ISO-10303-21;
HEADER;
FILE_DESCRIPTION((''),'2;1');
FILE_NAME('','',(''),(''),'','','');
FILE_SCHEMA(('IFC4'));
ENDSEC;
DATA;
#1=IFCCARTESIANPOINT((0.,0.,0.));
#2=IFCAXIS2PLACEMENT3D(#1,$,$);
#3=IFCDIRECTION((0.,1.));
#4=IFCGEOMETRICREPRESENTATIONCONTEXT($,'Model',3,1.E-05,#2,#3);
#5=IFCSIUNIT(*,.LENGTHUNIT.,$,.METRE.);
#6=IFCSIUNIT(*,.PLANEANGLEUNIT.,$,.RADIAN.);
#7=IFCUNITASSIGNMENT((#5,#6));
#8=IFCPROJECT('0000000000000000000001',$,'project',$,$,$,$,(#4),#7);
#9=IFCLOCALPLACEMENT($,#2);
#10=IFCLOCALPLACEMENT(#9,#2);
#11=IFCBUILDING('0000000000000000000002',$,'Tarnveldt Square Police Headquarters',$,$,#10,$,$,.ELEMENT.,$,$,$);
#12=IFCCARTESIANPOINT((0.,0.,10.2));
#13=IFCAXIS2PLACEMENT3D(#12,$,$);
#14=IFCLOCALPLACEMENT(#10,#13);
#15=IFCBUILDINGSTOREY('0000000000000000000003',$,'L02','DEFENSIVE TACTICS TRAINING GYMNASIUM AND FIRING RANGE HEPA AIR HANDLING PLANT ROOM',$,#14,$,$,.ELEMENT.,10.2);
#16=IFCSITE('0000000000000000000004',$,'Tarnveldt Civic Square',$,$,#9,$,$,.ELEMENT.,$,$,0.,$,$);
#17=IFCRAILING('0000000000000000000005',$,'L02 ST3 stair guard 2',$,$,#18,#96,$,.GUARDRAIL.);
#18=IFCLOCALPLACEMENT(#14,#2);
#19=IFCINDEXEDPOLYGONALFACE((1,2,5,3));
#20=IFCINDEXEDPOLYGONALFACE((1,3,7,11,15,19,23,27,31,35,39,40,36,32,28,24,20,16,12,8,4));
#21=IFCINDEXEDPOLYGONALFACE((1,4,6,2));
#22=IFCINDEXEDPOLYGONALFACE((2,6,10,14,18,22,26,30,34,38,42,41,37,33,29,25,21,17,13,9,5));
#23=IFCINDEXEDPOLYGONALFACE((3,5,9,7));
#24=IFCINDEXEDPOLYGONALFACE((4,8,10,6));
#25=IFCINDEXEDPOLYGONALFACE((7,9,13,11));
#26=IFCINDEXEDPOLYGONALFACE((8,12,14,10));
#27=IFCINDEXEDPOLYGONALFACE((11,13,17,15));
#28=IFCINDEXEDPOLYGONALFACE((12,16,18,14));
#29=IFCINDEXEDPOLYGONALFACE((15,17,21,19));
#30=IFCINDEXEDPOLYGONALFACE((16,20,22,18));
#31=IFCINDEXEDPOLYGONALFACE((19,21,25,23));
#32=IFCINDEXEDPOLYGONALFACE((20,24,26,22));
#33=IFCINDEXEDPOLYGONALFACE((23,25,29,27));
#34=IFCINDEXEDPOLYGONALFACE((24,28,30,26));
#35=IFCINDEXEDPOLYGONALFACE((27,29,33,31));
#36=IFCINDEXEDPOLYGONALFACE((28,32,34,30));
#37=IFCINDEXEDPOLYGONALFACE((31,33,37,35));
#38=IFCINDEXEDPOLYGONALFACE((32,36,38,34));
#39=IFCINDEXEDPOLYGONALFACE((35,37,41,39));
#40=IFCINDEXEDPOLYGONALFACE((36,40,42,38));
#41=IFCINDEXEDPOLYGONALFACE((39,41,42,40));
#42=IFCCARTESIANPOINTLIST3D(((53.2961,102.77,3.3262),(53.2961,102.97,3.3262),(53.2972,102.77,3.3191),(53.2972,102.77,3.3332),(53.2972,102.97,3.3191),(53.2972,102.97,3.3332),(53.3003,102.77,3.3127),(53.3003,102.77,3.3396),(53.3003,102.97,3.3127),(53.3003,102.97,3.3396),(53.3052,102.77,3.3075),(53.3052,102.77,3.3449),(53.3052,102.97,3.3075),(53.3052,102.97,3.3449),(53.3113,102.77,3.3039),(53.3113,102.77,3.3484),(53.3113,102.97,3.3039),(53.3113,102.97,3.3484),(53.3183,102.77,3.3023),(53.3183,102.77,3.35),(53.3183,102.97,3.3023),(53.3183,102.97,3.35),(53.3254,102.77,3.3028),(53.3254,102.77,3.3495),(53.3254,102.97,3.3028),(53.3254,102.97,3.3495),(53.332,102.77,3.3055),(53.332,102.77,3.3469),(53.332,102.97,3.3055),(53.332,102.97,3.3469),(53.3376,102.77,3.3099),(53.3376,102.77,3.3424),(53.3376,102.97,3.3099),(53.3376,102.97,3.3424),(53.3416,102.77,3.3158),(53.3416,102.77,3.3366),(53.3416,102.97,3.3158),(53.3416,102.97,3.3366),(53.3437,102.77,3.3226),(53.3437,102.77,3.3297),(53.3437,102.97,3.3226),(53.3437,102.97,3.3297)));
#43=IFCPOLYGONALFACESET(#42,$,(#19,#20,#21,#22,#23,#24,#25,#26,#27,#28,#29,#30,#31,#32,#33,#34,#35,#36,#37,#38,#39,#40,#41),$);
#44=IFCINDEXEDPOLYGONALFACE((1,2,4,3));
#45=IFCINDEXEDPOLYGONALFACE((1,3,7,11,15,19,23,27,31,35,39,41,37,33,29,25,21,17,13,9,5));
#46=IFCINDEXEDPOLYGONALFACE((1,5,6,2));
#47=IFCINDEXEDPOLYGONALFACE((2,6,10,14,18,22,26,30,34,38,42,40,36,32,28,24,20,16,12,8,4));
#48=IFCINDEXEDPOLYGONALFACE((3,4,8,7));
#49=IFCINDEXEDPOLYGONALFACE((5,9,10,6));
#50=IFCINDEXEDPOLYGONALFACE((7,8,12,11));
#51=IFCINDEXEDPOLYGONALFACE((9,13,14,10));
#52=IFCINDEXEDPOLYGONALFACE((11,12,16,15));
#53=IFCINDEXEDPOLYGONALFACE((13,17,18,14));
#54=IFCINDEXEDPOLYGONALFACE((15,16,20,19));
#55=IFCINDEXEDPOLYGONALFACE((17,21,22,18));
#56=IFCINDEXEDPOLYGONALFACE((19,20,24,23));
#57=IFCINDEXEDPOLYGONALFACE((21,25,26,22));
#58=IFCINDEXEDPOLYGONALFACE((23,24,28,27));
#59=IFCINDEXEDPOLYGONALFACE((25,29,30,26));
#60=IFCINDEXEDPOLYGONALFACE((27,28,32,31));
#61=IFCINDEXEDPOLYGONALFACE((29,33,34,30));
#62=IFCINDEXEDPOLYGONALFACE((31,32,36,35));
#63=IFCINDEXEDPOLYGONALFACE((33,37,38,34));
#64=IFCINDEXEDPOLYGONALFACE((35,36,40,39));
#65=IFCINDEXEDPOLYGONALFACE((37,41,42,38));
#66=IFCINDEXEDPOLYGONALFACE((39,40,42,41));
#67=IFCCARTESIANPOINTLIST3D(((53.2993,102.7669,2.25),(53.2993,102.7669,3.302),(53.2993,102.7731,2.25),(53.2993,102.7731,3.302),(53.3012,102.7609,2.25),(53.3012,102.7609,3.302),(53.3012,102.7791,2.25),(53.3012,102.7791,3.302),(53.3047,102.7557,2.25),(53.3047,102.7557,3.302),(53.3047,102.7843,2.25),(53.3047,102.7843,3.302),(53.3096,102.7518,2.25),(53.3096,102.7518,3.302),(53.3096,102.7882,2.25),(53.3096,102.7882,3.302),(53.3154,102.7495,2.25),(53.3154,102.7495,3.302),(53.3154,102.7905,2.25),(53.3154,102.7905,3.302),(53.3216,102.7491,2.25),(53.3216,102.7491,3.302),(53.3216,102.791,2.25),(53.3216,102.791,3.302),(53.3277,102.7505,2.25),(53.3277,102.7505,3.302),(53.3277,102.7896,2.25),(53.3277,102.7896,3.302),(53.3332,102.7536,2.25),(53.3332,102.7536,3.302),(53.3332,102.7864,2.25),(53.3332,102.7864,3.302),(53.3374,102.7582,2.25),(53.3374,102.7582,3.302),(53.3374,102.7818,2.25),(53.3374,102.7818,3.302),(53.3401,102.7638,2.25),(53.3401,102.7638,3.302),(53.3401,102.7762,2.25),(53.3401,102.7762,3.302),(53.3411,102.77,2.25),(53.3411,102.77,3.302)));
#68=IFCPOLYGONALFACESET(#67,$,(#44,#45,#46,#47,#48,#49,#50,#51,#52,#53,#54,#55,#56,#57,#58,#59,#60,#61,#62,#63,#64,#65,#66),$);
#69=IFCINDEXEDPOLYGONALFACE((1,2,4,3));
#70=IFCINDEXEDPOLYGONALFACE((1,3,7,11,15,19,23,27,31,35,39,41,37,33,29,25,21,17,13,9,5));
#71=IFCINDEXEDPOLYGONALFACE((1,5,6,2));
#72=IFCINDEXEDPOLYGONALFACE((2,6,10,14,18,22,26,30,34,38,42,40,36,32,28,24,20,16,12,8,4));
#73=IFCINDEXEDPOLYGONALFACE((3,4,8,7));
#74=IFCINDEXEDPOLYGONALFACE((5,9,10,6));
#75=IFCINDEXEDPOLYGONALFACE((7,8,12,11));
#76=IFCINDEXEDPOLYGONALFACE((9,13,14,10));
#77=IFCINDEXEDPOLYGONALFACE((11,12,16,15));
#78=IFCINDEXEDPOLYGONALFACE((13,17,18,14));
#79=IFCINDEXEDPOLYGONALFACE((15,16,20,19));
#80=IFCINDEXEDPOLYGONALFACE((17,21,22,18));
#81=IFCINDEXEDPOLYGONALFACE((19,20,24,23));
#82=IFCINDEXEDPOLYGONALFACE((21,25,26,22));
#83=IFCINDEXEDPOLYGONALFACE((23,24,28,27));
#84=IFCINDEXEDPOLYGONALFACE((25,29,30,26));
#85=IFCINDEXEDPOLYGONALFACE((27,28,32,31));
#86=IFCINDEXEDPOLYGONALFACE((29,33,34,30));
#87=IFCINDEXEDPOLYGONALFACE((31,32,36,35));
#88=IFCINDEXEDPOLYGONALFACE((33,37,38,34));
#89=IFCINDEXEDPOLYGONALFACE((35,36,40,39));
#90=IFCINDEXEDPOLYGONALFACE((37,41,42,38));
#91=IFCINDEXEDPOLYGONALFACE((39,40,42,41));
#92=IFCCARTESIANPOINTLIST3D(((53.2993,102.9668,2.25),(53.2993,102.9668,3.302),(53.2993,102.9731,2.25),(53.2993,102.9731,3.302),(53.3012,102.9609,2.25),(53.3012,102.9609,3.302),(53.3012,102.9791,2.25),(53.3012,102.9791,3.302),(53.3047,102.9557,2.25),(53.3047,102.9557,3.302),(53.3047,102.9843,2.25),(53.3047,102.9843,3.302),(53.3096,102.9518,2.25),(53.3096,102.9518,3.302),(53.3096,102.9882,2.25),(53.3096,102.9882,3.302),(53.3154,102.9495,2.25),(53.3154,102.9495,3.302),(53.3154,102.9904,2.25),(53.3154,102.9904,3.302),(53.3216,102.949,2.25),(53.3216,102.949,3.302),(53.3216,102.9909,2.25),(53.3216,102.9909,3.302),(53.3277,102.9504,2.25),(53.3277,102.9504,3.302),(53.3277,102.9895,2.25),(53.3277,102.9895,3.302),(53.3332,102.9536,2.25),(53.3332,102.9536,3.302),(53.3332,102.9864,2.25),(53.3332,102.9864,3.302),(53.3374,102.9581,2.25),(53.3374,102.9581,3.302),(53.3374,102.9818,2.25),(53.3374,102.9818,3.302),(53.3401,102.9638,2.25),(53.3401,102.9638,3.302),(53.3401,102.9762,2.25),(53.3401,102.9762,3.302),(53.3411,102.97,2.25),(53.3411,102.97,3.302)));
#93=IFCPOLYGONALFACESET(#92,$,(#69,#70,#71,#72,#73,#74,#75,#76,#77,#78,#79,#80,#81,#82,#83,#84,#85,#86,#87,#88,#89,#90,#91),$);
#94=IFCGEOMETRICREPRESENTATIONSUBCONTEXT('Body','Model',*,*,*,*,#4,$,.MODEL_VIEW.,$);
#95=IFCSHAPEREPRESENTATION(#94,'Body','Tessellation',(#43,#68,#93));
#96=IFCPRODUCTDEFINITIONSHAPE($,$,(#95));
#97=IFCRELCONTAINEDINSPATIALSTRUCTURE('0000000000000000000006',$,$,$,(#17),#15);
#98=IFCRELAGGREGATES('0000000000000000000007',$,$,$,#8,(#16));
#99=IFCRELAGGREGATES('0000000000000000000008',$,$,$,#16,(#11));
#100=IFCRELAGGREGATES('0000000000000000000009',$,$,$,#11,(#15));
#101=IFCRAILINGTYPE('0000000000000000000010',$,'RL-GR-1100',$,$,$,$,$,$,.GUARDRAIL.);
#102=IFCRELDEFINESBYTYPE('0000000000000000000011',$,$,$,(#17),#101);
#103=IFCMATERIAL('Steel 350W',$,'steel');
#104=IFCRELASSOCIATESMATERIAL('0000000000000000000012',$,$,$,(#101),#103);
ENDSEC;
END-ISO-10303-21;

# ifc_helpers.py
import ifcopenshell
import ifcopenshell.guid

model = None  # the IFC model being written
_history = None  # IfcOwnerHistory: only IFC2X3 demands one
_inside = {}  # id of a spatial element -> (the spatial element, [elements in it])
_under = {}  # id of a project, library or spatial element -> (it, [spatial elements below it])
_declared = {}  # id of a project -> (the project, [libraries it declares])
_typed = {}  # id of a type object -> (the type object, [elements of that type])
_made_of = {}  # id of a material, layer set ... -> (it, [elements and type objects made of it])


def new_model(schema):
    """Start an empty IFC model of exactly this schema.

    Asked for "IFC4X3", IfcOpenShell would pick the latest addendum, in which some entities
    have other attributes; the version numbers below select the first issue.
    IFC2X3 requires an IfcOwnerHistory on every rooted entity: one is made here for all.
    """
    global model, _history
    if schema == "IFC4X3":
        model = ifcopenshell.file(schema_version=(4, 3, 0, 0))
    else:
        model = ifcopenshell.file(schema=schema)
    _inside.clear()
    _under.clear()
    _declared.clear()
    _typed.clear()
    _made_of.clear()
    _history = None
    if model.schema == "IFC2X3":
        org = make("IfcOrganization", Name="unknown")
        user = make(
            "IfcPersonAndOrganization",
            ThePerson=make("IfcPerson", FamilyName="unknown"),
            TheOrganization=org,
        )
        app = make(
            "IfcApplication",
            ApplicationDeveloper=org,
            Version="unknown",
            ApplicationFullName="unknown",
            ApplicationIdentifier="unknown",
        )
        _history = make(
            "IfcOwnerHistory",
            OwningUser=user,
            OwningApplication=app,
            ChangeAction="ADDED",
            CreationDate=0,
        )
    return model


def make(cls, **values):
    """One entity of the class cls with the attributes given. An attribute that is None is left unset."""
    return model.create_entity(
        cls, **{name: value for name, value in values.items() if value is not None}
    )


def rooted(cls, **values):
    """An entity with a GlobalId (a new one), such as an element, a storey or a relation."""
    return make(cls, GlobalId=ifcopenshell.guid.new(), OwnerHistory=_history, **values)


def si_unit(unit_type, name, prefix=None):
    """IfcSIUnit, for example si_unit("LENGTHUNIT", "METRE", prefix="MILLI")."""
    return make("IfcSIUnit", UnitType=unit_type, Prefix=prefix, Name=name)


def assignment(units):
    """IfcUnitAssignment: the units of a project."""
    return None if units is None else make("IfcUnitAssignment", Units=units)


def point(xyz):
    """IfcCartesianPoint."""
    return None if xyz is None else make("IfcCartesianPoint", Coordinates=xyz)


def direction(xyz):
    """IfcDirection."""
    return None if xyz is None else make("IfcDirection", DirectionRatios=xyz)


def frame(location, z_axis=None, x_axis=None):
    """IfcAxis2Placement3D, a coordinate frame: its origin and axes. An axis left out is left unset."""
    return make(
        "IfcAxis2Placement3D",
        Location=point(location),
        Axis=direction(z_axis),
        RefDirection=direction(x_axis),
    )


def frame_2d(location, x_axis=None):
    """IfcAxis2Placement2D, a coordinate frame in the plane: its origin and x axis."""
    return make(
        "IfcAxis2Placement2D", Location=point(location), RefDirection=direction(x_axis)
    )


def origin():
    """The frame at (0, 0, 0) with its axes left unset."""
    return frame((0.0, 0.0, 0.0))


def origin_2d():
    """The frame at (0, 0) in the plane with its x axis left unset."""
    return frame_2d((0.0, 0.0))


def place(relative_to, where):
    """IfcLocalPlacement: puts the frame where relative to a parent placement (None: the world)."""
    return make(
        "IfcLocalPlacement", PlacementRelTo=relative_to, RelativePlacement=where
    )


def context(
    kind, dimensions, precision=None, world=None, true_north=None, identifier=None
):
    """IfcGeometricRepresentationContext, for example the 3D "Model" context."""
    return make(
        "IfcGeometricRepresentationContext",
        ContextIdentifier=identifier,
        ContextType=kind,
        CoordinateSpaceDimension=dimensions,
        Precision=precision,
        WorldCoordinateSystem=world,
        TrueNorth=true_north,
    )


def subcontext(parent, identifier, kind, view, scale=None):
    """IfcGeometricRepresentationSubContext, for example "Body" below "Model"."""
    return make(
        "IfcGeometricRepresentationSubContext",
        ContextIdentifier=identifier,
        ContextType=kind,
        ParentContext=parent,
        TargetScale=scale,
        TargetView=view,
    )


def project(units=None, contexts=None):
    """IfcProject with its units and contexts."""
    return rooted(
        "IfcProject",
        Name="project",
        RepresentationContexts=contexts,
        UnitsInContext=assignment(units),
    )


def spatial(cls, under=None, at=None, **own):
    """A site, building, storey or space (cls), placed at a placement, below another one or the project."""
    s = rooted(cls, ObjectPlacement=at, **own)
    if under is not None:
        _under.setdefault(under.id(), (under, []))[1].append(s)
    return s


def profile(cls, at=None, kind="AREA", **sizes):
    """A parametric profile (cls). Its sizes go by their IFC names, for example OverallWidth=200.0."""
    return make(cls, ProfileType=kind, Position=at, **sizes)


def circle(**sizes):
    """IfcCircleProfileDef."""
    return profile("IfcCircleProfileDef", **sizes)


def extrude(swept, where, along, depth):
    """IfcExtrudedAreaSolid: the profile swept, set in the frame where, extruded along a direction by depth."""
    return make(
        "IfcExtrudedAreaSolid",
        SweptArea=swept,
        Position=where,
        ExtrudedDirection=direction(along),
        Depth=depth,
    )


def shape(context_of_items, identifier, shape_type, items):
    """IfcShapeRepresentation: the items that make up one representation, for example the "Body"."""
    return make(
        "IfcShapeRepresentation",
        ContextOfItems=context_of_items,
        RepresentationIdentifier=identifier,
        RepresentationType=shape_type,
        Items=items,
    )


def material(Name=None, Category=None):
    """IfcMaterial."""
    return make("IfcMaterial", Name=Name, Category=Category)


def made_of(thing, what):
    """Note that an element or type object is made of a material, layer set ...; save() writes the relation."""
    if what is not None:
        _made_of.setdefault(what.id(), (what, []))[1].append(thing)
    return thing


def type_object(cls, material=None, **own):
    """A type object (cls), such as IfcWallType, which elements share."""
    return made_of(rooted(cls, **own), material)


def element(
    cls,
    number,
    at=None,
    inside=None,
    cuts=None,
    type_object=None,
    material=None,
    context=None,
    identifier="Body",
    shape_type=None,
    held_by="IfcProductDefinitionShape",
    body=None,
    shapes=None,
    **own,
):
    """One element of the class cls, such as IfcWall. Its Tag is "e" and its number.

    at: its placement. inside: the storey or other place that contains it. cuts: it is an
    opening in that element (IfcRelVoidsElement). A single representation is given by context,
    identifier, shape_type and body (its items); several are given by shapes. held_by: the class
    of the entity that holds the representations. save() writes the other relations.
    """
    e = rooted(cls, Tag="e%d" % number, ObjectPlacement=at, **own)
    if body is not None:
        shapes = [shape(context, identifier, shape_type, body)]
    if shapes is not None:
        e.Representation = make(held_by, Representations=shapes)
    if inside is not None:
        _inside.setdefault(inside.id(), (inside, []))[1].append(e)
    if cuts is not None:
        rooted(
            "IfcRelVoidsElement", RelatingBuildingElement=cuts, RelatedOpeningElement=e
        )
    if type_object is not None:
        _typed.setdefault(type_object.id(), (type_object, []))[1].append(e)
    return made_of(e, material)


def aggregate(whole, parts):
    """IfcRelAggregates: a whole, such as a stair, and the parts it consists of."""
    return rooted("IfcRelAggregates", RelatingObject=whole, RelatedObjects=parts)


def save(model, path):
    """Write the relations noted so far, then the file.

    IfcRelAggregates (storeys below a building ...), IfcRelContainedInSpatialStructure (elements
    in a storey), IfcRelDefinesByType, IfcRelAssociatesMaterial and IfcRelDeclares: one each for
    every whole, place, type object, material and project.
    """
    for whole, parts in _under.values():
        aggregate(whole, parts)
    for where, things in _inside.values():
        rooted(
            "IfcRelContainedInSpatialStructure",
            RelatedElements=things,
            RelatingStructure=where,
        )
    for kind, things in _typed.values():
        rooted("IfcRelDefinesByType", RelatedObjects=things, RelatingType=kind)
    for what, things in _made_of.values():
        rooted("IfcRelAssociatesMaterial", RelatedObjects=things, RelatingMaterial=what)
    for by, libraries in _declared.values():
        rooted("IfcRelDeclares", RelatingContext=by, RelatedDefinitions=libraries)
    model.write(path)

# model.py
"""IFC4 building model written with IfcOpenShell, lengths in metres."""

from ifc_helpers import new_model, si_unit, direction, frame, origin, origin_2d, place, context, subcontext, project, spatial, circle, extrude, material, type_object, element, save


model = new_model("IFC4")

# Units and contexts
model_context = context("Model", 3, precision=1e-05, world=origin(), true_north=direction((0.0, 1.0)))
body_context = subcontext(model_context, "Body", "Model", "MODEL_VIEW")
ifc_project = project(units=[si_unit("LENGTHUNIT", "METRE"), si_unit("PLANEANGLEUNIT", "RADIAN")], contexts=[model_context])

# Site, building, storey
site_placement = place(None, origin())
site = spatial("IfcSite", under=ifc_project, at=site_placement, Name="Tarnveldt Civic Square", CompositionType="ELEMENT", RefElevation=0.0)
building_placement = place(site_placement, origin())
building = spatial("IfcBuilding", under=site, at=building_placement, Name="Tarnveldt Square Police Headquarters", CompositionType="ELEMENT")
storey_placement = place(building_placement, frame((0.0, 0.0, 10.2)))
storey = spatial("IfcBuildingStorey", under=building, at=storey_placement, Name="L02", Description="DEFENSIVE TACTICS TRAINING GYMNASIUM AND FIRING RANGE HEPA AIR HANDLING PLANT ROOM", CompositionType="ELEMENT", Elevation=10.2)

# Shared definitions
ifc_material_1 = material(Name="Steel 350W", Category="steel")

# Railing
railing_type_1 = type_object("IfcRailingType", Name="RL-GR-1100", PredefinedType="GUARDRAIL", material=ifc_material_1)
railing_1_placement = place(storey_placement, frame((53.3201, 102.77, 2.25)))
element("IfcRailing", 1, at=railing_1_placement, inside=storey, type_object=railing_type_1, Name="L02 ST3 stair guard 2", PredefinedType="GUARDRAIL", context=body_context, shape_type="SweptSolid", body=[
    extrude(circle(Radius=0.0239, at=origin_2d()), frame((0.0, 0.0, 1.0762), z_axis=(0.0, 1.0, 0.0), x_axis=(-1.0, 0.0, 0.0)), (0.0, 0.0, 1.0), 0.2),
    extrude(circle(Radius=0.021, at=origin_2d()), origin(), (0.0, 0.0, 1.0), 1.052),
    extrude(circle(Radius=0.021, at=origin_2d()), frame((0.0, 0.2, 0.0)), (0.0, 0.0, 1.0), 1.052),
])

save(model, "model.ifc")
